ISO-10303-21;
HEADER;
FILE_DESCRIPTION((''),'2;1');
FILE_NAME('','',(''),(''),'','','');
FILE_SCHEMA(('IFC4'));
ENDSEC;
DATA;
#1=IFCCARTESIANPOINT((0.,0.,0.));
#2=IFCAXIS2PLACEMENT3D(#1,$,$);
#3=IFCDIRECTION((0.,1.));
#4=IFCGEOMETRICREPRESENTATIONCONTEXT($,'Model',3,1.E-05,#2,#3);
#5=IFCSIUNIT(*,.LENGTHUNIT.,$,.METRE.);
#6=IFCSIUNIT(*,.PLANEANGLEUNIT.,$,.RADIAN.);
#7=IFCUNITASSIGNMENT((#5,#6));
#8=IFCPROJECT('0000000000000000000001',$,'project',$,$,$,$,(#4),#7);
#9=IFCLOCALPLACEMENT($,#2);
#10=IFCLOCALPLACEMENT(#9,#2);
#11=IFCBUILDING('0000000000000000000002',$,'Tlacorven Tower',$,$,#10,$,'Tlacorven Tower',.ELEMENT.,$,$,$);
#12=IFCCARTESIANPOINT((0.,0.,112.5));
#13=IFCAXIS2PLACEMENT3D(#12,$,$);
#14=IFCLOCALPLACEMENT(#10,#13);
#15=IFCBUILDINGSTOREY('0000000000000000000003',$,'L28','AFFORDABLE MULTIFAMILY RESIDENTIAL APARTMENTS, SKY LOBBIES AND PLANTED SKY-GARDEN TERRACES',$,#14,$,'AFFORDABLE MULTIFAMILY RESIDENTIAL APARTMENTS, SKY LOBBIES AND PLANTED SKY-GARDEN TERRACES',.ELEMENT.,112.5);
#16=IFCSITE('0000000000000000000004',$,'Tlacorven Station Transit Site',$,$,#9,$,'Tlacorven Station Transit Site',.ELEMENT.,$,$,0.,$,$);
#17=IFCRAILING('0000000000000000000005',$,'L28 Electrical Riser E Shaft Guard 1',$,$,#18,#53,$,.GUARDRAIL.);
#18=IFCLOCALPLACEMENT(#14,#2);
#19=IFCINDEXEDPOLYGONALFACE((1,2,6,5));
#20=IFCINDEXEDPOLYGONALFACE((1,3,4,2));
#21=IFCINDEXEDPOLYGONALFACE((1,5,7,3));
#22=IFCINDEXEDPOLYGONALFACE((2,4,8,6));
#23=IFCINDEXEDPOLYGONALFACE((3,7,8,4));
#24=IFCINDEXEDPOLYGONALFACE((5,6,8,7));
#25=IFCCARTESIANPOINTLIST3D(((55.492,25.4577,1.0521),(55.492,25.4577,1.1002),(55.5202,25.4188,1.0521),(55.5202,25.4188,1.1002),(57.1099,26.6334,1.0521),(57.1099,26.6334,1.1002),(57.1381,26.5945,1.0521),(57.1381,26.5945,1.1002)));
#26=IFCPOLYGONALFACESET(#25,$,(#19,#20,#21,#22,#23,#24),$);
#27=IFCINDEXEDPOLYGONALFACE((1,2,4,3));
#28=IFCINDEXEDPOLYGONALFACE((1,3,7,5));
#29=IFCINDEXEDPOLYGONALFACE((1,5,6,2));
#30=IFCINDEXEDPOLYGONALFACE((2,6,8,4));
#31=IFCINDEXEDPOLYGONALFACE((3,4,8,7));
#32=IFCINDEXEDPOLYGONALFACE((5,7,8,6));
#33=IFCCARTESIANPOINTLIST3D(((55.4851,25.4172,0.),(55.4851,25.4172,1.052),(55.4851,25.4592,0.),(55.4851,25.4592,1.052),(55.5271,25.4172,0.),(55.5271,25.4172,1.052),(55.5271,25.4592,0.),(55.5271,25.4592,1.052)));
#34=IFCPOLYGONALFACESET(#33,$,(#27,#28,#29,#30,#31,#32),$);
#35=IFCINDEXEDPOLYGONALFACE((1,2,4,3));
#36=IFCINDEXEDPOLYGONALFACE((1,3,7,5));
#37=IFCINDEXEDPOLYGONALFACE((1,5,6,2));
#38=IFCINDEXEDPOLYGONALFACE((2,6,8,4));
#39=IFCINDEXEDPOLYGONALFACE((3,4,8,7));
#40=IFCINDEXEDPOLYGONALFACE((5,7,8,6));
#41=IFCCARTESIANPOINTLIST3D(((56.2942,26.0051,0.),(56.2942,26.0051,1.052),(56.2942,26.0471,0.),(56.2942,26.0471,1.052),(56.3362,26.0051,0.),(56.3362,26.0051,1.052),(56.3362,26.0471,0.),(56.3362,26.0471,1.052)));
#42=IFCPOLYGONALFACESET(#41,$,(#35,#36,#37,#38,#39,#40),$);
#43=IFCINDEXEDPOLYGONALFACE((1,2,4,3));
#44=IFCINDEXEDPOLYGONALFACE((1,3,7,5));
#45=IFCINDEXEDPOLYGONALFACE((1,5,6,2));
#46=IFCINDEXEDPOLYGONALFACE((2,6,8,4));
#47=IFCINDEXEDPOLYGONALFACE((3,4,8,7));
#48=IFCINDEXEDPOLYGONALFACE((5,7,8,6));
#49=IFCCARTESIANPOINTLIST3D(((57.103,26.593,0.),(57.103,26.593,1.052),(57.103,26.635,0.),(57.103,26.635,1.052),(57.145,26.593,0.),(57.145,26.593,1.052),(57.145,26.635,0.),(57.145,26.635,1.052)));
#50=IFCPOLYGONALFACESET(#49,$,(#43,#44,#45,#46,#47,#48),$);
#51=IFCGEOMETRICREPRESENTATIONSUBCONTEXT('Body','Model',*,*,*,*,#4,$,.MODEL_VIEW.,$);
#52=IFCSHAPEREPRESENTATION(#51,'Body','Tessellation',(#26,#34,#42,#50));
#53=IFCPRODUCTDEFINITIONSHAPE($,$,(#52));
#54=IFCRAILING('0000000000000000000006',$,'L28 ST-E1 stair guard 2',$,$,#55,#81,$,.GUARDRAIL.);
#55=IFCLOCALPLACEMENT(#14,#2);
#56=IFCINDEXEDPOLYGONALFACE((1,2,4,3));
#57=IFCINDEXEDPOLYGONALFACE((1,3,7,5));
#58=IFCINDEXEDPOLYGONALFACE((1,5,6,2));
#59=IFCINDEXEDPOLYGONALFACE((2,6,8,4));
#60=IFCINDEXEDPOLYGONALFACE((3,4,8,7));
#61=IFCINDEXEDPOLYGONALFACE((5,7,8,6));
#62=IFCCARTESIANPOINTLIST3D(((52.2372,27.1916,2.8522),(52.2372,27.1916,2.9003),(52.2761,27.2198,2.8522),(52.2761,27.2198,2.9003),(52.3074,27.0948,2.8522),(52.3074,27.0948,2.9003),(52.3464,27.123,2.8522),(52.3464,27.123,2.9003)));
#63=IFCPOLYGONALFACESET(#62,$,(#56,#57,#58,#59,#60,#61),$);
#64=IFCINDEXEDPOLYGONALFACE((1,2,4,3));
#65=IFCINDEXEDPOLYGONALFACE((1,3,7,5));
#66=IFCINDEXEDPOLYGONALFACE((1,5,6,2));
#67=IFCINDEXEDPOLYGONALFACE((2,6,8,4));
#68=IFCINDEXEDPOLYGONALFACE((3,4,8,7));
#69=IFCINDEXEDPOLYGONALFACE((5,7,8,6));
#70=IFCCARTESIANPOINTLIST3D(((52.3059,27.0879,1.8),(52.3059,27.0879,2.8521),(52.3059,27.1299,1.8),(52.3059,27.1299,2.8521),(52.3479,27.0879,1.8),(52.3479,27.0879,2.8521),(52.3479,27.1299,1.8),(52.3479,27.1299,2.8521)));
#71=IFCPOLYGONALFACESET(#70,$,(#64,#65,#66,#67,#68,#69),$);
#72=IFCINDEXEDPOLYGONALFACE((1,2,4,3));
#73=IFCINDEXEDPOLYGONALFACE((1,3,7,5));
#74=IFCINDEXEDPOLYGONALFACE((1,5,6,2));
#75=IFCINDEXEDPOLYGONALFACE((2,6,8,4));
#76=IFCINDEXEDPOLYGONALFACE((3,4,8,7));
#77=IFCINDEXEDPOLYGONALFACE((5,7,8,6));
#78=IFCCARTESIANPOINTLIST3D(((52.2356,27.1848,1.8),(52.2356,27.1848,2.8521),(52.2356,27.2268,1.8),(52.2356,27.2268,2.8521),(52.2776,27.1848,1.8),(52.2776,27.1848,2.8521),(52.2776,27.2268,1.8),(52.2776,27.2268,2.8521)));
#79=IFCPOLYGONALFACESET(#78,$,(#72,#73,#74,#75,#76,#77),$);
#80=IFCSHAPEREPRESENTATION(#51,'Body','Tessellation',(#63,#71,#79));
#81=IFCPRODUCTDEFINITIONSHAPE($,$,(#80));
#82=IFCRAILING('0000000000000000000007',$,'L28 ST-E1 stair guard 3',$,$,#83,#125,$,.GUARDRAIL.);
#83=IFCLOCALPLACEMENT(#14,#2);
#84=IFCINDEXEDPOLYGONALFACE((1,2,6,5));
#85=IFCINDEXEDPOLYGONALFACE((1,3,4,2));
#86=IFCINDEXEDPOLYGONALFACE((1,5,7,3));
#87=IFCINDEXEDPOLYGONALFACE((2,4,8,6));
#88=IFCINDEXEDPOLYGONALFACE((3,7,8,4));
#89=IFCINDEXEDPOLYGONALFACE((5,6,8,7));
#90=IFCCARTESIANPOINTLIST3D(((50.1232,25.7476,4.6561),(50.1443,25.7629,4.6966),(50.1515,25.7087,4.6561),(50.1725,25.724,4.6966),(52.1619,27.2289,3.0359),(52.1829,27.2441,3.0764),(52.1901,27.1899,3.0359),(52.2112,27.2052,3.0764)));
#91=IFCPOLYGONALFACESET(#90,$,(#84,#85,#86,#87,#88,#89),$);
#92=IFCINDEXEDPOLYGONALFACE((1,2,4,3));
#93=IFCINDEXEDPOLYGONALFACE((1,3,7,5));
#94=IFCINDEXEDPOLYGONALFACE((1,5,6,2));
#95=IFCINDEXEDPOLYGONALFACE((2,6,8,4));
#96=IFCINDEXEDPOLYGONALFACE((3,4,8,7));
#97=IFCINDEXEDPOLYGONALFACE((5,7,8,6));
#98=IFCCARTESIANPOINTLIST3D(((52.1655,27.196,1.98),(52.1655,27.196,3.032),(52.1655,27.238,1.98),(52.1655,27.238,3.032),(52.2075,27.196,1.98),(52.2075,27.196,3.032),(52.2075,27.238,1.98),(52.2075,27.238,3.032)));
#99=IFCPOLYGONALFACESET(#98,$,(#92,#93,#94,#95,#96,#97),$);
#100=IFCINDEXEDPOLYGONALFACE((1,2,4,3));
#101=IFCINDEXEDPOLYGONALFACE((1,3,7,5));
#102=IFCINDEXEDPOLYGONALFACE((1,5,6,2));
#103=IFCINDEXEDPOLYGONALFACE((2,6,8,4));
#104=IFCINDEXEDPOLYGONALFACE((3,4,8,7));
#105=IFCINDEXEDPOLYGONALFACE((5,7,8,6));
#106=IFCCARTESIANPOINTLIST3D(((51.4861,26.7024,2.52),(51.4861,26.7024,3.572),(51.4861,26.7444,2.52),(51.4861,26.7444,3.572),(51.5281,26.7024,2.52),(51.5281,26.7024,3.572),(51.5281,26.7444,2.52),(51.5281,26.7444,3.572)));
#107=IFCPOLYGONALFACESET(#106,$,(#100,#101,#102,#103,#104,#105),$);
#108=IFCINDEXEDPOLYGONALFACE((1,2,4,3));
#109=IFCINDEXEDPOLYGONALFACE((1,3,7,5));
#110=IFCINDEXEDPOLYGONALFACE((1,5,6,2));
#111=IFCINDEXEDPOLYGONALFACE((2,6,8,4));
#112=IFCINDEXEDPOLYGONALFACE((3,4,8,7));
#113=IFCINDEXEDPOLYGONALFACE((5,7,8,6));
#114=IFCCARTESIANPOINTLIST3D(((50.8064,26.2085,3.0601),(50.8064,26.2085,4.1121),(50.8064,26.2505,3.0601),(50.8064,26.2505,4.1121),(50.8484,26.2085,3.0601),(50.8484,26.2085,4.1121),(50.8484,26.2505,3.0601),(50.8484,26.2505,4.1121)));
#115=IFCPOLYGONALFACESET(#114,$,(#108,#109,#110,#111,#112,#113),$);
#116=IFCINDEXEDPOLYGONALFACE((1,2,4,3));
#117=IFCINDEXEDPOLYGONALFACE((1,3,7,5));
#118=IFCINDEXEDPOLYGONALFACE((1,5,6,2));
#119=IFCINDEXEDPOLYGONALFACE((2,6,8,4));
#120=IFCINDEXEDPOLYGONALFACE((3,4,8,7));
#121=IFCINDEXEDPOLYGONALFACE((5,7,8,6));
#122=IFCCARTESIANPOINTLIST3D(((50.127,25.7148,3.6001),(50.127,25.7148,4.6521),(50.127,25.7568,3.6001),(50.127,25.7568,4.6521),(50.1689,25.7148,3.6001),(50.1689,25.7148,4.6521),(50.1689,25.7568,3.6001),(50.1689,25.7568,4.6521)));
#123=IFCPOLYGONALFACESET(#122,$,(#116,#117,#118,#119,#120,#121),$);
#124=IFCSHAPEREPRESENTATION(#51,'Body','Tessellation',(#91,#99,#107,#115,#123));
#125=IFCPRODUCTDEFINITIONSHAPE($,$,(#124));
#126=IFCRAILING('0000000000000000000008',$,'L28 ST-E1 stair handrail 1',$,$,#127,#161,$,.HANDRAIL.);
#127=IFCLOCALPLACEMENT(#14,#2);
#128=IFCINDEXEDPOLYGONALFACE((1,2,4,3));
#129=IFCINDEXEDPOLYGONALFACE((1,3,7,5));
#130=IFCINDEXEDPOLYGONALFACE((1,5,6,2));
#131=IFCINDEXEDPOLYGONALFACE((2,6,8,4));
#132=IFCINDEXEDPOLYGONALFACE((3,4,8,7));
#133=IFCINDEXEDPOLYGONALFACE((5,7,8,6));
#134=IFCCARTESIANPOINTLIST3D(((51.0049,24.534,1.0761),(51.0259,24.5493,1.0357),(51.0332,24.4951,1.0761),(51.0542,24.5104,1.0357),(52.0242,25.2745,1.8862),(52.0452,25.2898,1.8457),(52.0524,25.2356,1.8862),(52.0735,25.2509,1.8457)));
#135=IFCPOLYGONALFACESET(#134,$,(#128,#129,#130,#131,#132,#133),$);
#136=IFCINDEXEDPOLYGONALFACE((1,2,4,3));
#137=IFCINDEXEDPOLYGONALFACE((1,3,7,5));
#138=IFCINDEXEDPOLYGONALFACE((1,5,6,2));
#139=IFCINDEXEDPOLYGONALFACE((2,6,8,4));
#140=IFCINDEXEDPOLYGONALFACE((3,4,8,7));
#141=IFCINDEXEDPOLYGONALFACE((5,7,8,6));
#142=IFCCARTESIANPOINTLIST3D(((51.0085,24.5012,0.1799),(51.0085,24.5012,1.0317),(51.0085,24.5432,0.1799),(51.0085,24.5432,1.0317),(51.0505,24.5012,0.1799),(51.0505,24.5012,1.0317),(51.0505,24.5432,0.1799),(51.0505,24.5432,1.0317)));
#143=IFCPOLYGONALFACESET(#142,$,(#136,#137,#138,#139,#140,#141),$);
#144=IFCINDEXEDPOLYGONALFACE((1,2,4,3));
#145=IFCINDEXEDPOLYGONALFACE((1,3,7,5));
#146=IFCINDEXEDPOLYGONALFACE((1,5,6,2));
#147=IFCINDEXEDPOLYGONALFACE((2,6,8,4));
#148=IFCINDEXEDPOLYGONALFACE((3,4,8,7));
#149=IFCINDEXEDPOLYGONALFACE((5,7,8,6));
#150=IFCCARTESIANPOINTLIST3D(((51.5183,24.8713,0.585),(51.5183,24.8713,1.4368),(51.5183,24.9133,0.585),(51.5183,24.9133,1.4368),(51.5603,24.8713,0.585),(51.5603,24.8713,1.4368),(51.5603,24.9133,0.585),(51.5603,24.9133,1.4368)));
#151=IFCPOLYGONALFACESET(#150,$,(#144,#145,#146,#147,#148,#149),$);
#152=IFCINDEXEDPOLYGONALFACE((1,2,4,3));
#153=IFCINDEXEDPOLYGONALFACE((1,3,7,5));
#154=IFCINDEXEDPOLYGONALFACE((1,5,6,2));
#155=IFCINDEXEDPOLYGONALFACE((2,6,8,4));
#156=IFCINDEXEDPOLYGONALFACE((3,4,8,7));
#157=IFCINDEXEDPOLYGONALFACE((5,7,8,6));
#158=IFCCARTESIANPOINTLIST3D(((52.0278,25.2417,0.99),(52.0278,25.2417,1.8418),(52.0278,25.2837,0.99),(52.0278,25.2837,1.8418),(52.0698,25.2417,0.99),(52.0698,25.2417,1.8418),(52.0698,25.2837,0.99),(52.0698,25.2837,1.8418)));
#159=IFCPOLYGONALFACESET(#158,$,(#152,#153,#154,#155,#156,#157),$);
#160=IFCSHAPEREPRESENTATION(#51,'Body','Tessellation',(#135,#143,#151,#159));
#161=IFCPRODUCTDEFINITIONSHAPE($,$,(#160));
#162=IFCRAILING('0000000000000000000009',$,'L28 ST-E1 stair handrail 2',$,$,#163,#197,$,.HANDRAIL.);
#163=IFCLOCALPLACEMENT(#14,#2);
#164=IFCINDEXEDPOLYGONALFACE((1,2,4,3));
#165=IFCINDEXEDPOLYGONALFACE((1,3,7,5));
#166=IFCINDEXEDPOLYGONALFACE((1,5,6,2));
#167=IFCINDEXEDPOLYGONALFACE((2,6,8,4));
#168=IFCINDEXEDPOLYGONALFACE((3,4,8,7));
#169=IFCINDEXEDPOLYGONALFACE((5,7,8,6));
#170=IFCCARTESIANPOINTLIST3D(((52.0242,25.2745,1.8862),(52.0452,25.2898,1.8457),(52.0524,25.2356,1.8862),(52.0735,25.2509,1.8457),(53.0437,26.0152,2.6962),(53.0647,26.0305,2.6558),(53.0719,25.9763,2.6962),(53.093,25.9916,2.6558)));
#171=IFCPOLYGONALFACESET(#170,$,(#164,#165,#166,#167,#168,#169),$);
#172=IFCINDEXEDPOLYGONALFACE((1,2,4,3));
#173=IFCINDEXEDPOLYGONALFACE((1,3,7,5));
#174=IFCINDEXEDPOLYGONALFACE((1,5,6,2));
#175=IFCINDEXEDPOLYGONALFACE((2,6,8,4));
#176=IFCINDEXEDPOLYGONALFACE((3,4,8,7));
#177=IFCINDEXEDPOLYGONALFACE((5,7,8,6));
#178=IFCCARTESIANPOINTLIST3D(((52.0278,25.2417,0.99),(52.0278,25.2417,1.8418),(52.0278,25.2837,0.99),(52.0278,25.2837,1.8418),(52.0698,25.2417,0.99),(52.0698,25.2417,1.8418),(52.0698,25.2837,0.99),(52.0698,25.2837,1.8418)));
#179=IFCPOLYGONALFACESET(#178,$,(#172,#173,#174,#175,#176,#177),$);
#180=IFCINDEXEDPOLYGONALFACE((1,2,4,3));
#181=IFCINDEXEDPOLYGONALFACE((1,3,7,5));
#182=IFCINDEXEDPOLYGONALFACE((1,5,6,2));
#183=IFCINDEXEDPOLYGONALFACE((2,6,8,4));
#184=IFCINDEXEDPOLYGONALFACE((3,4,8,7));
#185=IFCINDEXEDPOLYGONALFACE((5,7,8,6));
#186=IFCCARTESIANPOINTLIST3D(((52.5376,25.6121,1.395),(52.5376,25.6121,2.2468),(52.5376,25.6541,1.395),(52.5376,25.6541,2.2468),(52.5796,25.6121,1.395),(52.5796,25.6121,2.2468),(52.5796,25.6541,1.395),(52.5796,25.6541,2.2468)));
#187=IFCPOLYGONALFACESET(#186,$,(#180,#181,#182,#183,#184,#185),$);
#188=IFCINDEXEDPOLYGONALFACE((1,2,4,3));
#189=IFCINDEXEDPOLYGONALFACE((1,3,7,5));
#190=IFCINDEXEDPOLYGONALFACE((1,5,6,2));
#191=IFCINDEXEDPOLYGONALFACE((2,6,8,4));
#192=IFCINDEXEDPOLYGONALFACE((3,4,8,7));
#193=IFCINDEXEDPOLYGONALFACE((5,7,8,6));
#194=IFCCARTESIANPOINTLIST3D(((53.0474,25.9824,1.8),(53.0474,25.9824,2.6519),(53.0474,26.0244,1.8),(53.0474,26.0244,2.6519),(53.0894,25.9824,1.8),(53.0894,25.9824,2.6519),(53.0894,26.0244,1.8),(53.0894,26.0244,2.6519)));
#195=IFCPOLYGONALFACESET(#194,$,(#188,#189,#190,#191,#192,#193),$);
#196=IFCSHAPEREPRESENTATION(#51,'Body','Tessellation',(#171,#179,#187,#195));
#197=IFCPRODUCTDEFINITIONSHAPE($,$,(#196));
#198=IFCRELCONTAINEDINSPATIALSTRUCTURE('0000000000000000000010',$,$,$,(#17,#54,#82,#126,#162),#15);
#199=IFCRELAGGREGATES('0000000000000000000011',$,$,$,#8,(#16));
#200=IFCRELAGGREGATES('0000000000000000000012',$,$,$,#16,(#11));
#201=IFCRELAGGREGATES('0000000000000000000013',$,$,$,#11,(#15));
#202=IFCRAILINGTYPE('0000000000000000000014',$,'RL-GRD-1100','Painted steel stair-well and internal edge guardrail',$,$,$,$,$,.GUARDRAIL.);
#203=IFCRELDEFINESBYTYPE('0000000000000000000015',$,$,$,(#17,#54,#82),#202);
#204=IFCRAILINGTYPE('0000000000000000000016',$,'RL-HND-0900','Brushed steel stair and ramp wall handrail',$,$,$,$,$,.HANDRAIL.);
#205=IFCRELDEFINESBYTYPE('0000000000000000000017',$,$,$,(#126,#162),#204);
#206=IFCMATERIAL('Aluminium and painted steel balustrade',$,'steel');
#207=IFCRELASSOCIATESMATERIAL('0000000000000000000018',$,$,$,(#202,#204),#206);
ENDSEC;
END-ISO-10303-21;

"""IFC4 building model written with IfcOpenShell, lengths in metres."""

from ifc_helpers import new_model, si_unit, direction, frame, origin, origin_2d, place, context, subcontext, project, spatial, rectangle, extrude, source, transform, mapped, material, type_object, element, save


model = new_model("IFC4")

# Units and contexts
model_context = context("Model", 3, precision=1e-05, world=origin(), true_north=direction((0.0, 1.0)))
body_context = subcontext(model_context, "Body", "Model", "MODEL_VIEW")
ifc_project = project(units=[si_unit("LENGTHUNIT", "METRE"), si_unit("PLANEANGLEUNIT", "RADIAN")], contexts=[model_context])

# Site, building, storey
site_placement = place(None, origin())
site = spatial("IfcSite", under=ifc_project, at=site_placement, Name="Tlacorven Station Transit Site", LongName="Tlacorven Station Transit Site", CompositionType="ELEMENT", RefElevation=0.0)
building_placement = place(site_placement, origin())
building = spatial("IfcBuilding", under=site, at=building_placement, Name="Tlacorven Tower", LongName="Tlacorven Tower", CompositionType="ELEMENT")
storey_placement = place(building_placement, frame((0.0, 0.0, 112.5)))
storey = spatial("IfcBuildingStorey", under=building, at=storey_placement, Name="L28", Description="AFFORDABLE MULTIFAMILY RESIDENTIAL APARTMENTS, SKY LOBBIES AND PLANTED SKY-GARDEN TERRACES", LongName="AFFORDABLE MULTIFAMILY RESIDENTIAL APARTMENTS, SKY LOBBIES AND PLANTED SKY-GARDEN TERRACES", CompositionType="ELEMENT", Elevation=112.5)

# Railings
ifc_material_1 = material(Name="Aluminium and painted steel balustrade", Category="steel")
railing_type_1 = type_object("IfcRailingType", Name="RL-GRD-1100", Description="Painted steel stair-well and internal edge guardrail", PredefinedType="GUARDRAIL", material=ifc_material_1)
shared_shape_1 = source(origin(), body_context, "Body", "SweptSolid", [
    extrude(rectangle(XDim=0.0481, YDim=0.0481, at=origin_2d()), frame((0.0, 0.0, 1.0762), z_axis=(0.808947, 0.587881, 0.0), x_axis=(-0.587881, 0.808947, 0.0)), (0.0, 0.0, 1.0), 2.0),
    extrude(rectangle(XDim=0.042, YDim=0.042, at=origin_2d()), origin(), (0.0, 0.0, 1.0), 1.052),
    extrude(rectangle(XDim=0.042, YDim=0.042, at=origin_2d()), frame((0.8091, 0.5879, 0.0)), (0.0, 0.0, 1.0), 1.052),
    extrude(rectangle(XDim=0.042, YDim=0.042, at=origin_2d()), frame((1.6179, 1.1758, 0.0)), (0.0, 0.0, 1.0), 1.052),
])
railing_1_placement = place(storey_placement, frame((55.5061, 25.4382, 0.0)))
element("IfcRailing", 1, at=railing_1_placement, inside=storey, type_object=railing_type_1, Name="L28 Electrical Riser E Shaft Guard 1", PredefinedType="GUARDRAIL", context=body_context, shape_type="MappedRepresentation", body=[
    mapped(shared_shape_1, transform((0.0, 0.0, 0.0), scale=1.0)),
])
shared_shape_2 = source(origin(), body_context, "Body", "SweptSolid", [
    extrude(rectangle(XDim=0.0481, YDim=0.0481, at=origin_2d()), frame((0.0, 0.0, 1.0762), z_axis=(-0.587201, 0.809441, 0.0), x_axis=(-0.809441, -0.587201, 0.0)), (0.0, 0.0, 1.0), 0.1196),
    extrude(rectangle(XDim=0.042, YDim=0.042, at=origin_2d()), origin(), (0.0, 0.0, 1.0), 1.052),
    extrude(rectangle(XDim=0.042, YDim=0.042, at=origin_2d()), frame((-0.0703, 0.0969, 0.0)), (0.0, 0.0, 1.0), 1.052),
])
railing_2_placement = place(storey_placement, frame((52.3269, 27.1089, 1.8)))
element("IfcRailing", 2, at=railing_2_placement, inside=storey, type_object=railing_type_1, Name="L28 ST-E1 stair guard 2", PredefinedType="GUARDRAIL", context=body_context, shape_type="MappedRepresentation", body=[
    mapped(shared_shape_2, transform((0.0, 0.0, 0.0), scale=1.0)),
])
shared_shape_3 = source(origin(), body_context, "Body", "SweptSolid", [
    extrude(rectangle(XDim=0.0481, YDim=0.0481, at=origin_2d()), frame((0.0, 0.0, 1.0762), z_axis=(-0.680489, -0.494434, 0.540805), x_axis=(0.587809, -0.809, 0.0)), (0.0, 0.0, 1.0), 2.9958),
    extrude(rectangle(XDim=0.042, YDim=0.042, at=origin_2d()), origin(), (0.0, 0.0, 1.0), 1.052),
    extrude(rectangle(XDim=0.042, YDim=0.042, at=origin_2d()), frame((-0.6794, -0.4937, 0.54)), (0.0, 0.0, 1.0), 1.052),
    extrude(rectangle(XDim=0.042, YDim=0.042, at=origin_2d()), frame((-1.3591, -0.9875, 1.0801)), (0.0, 0.0, 1.0), 1.052),
    extrude(rectangle(XDim=0.042, YDim=0.042, at=origin_2d()), frame((-2.0386, -1.4812, 1.6201)), (0.0, 0.0, 1.0), 1.052),
])
railing_3_placement = place(storey_placement, frame((52.1865, 27.217, 1.98)))
element("IfcRailing", 3, at=railing_3_placement, inside=storey, type_object=railing_type_1, Name="L28 ST-E1 stair guard 3", PredefinedType="GUARDRAIL", context=body_context, shape_type="MappedRepresentation", body=[
    mapped(shared_shape_3, transform((0.0, 0.0, 0.0), scale=1.0)),
])
railing_type_2 = type_object("IfcRailingType", Name="RL-HND-0900", Description="Brushed steel stair and ramp wall handrail", PredefinedType="HANDRAIL", material=ifc_material_1)
shared_shape_4 = source(origin(), body_context, "Body", "SweptSolid", [
    extrude(rectangle(XDim=0.0481, YDim=0.0481, at=origin_2d()), frame((0.0, 0.0, 0.876), z_axis=(0.680516, 0.494373, 0.540827), x_axis=(-0.587745, 0.809046, 0.0)), (0.0, 0.0, 1.0), 1.4978),
    extrude(rectangle(XDim=0.042, YDim=0.042, at=origin_2d()), origin(), (0.0, 0.0, 1.0), 0.8518),
    extrude(rectangle(XDim=0.042, YDim=0.042, at=origin_2d()), frame((0.5098, 0.3701, 0.405)), (0.0, 0.0, 1.0), 0.8518),
    extrude(rectangle(XDim=0.042, YDim=0.042, at=origin_2d()), frame((1.0193, 0.7405, 0.8101)), (0.0, 0.0, 1.0), 0.8518),
])
railing_4_placement = place(storey_placement, frame((51.0295, 24.5222, 0.1799)))
element("IfcRailing", 4, at=railing_4_placement, inside=storey, type_object=railing_type_2, Name="L28 ST-E1 stair handrail 1", PredefinedType="HANDRAIL", context=body_context, shape_type="MappedRepresentation", body=[
    mapped(shared_shape_4, transform((0.0, 0.0, 0.0), scale=1.0)),
])
shared_shape_5 = source(origin(), body_context, "Body", "SweptSolid", [
    extrude(rectangle(XDim=0.0481, YDim=0.0481, at=origin_2d()), frame((0.0, 0.0, 0.876), z_axis=(0.680549, 0.494441, 0.540723), x_axis=(-0.58778, 0.809021, 0.0)), (0.0, 0.0, 1.0), 1.498),
    extrude(rectangle(XDim=0.042, YDim=0.042, at=origin_2d()), origin(), (0.0, 0.0, 1.0), 0.8518),
    extrude(rectangle(XDim=0.042, YDim=0.042, at=origin_2d()), frame((0.5098, 0.3704, 0.405)), (0.0, 0.0, 1.0), 0.8518),
    extrude(rectangle(XDim=0.042, YDim=0.042, at=origin_2d()), frame((1.0195, 0.7407, 0.8101)), (0.0, 0.0, 1.0), 0.8518),
])
railing_5_placement = place(storey_placement, frame((52.0488, 25.2627, 0.99)))
element("IfcRailing", 5, at=railing_5_placement, inside=storey, type_object=railing_type_2, Name="L28 ST-E1 stair handrail 2", PredefinedType="HANDRAIL", context=body_context, shape_type="MappedRepresentation", body=[
    mapped(shared_shape_5, transform((0.0, 0.0, 0.0), scale=1.0)),
])

save(model, "model.ifc")
